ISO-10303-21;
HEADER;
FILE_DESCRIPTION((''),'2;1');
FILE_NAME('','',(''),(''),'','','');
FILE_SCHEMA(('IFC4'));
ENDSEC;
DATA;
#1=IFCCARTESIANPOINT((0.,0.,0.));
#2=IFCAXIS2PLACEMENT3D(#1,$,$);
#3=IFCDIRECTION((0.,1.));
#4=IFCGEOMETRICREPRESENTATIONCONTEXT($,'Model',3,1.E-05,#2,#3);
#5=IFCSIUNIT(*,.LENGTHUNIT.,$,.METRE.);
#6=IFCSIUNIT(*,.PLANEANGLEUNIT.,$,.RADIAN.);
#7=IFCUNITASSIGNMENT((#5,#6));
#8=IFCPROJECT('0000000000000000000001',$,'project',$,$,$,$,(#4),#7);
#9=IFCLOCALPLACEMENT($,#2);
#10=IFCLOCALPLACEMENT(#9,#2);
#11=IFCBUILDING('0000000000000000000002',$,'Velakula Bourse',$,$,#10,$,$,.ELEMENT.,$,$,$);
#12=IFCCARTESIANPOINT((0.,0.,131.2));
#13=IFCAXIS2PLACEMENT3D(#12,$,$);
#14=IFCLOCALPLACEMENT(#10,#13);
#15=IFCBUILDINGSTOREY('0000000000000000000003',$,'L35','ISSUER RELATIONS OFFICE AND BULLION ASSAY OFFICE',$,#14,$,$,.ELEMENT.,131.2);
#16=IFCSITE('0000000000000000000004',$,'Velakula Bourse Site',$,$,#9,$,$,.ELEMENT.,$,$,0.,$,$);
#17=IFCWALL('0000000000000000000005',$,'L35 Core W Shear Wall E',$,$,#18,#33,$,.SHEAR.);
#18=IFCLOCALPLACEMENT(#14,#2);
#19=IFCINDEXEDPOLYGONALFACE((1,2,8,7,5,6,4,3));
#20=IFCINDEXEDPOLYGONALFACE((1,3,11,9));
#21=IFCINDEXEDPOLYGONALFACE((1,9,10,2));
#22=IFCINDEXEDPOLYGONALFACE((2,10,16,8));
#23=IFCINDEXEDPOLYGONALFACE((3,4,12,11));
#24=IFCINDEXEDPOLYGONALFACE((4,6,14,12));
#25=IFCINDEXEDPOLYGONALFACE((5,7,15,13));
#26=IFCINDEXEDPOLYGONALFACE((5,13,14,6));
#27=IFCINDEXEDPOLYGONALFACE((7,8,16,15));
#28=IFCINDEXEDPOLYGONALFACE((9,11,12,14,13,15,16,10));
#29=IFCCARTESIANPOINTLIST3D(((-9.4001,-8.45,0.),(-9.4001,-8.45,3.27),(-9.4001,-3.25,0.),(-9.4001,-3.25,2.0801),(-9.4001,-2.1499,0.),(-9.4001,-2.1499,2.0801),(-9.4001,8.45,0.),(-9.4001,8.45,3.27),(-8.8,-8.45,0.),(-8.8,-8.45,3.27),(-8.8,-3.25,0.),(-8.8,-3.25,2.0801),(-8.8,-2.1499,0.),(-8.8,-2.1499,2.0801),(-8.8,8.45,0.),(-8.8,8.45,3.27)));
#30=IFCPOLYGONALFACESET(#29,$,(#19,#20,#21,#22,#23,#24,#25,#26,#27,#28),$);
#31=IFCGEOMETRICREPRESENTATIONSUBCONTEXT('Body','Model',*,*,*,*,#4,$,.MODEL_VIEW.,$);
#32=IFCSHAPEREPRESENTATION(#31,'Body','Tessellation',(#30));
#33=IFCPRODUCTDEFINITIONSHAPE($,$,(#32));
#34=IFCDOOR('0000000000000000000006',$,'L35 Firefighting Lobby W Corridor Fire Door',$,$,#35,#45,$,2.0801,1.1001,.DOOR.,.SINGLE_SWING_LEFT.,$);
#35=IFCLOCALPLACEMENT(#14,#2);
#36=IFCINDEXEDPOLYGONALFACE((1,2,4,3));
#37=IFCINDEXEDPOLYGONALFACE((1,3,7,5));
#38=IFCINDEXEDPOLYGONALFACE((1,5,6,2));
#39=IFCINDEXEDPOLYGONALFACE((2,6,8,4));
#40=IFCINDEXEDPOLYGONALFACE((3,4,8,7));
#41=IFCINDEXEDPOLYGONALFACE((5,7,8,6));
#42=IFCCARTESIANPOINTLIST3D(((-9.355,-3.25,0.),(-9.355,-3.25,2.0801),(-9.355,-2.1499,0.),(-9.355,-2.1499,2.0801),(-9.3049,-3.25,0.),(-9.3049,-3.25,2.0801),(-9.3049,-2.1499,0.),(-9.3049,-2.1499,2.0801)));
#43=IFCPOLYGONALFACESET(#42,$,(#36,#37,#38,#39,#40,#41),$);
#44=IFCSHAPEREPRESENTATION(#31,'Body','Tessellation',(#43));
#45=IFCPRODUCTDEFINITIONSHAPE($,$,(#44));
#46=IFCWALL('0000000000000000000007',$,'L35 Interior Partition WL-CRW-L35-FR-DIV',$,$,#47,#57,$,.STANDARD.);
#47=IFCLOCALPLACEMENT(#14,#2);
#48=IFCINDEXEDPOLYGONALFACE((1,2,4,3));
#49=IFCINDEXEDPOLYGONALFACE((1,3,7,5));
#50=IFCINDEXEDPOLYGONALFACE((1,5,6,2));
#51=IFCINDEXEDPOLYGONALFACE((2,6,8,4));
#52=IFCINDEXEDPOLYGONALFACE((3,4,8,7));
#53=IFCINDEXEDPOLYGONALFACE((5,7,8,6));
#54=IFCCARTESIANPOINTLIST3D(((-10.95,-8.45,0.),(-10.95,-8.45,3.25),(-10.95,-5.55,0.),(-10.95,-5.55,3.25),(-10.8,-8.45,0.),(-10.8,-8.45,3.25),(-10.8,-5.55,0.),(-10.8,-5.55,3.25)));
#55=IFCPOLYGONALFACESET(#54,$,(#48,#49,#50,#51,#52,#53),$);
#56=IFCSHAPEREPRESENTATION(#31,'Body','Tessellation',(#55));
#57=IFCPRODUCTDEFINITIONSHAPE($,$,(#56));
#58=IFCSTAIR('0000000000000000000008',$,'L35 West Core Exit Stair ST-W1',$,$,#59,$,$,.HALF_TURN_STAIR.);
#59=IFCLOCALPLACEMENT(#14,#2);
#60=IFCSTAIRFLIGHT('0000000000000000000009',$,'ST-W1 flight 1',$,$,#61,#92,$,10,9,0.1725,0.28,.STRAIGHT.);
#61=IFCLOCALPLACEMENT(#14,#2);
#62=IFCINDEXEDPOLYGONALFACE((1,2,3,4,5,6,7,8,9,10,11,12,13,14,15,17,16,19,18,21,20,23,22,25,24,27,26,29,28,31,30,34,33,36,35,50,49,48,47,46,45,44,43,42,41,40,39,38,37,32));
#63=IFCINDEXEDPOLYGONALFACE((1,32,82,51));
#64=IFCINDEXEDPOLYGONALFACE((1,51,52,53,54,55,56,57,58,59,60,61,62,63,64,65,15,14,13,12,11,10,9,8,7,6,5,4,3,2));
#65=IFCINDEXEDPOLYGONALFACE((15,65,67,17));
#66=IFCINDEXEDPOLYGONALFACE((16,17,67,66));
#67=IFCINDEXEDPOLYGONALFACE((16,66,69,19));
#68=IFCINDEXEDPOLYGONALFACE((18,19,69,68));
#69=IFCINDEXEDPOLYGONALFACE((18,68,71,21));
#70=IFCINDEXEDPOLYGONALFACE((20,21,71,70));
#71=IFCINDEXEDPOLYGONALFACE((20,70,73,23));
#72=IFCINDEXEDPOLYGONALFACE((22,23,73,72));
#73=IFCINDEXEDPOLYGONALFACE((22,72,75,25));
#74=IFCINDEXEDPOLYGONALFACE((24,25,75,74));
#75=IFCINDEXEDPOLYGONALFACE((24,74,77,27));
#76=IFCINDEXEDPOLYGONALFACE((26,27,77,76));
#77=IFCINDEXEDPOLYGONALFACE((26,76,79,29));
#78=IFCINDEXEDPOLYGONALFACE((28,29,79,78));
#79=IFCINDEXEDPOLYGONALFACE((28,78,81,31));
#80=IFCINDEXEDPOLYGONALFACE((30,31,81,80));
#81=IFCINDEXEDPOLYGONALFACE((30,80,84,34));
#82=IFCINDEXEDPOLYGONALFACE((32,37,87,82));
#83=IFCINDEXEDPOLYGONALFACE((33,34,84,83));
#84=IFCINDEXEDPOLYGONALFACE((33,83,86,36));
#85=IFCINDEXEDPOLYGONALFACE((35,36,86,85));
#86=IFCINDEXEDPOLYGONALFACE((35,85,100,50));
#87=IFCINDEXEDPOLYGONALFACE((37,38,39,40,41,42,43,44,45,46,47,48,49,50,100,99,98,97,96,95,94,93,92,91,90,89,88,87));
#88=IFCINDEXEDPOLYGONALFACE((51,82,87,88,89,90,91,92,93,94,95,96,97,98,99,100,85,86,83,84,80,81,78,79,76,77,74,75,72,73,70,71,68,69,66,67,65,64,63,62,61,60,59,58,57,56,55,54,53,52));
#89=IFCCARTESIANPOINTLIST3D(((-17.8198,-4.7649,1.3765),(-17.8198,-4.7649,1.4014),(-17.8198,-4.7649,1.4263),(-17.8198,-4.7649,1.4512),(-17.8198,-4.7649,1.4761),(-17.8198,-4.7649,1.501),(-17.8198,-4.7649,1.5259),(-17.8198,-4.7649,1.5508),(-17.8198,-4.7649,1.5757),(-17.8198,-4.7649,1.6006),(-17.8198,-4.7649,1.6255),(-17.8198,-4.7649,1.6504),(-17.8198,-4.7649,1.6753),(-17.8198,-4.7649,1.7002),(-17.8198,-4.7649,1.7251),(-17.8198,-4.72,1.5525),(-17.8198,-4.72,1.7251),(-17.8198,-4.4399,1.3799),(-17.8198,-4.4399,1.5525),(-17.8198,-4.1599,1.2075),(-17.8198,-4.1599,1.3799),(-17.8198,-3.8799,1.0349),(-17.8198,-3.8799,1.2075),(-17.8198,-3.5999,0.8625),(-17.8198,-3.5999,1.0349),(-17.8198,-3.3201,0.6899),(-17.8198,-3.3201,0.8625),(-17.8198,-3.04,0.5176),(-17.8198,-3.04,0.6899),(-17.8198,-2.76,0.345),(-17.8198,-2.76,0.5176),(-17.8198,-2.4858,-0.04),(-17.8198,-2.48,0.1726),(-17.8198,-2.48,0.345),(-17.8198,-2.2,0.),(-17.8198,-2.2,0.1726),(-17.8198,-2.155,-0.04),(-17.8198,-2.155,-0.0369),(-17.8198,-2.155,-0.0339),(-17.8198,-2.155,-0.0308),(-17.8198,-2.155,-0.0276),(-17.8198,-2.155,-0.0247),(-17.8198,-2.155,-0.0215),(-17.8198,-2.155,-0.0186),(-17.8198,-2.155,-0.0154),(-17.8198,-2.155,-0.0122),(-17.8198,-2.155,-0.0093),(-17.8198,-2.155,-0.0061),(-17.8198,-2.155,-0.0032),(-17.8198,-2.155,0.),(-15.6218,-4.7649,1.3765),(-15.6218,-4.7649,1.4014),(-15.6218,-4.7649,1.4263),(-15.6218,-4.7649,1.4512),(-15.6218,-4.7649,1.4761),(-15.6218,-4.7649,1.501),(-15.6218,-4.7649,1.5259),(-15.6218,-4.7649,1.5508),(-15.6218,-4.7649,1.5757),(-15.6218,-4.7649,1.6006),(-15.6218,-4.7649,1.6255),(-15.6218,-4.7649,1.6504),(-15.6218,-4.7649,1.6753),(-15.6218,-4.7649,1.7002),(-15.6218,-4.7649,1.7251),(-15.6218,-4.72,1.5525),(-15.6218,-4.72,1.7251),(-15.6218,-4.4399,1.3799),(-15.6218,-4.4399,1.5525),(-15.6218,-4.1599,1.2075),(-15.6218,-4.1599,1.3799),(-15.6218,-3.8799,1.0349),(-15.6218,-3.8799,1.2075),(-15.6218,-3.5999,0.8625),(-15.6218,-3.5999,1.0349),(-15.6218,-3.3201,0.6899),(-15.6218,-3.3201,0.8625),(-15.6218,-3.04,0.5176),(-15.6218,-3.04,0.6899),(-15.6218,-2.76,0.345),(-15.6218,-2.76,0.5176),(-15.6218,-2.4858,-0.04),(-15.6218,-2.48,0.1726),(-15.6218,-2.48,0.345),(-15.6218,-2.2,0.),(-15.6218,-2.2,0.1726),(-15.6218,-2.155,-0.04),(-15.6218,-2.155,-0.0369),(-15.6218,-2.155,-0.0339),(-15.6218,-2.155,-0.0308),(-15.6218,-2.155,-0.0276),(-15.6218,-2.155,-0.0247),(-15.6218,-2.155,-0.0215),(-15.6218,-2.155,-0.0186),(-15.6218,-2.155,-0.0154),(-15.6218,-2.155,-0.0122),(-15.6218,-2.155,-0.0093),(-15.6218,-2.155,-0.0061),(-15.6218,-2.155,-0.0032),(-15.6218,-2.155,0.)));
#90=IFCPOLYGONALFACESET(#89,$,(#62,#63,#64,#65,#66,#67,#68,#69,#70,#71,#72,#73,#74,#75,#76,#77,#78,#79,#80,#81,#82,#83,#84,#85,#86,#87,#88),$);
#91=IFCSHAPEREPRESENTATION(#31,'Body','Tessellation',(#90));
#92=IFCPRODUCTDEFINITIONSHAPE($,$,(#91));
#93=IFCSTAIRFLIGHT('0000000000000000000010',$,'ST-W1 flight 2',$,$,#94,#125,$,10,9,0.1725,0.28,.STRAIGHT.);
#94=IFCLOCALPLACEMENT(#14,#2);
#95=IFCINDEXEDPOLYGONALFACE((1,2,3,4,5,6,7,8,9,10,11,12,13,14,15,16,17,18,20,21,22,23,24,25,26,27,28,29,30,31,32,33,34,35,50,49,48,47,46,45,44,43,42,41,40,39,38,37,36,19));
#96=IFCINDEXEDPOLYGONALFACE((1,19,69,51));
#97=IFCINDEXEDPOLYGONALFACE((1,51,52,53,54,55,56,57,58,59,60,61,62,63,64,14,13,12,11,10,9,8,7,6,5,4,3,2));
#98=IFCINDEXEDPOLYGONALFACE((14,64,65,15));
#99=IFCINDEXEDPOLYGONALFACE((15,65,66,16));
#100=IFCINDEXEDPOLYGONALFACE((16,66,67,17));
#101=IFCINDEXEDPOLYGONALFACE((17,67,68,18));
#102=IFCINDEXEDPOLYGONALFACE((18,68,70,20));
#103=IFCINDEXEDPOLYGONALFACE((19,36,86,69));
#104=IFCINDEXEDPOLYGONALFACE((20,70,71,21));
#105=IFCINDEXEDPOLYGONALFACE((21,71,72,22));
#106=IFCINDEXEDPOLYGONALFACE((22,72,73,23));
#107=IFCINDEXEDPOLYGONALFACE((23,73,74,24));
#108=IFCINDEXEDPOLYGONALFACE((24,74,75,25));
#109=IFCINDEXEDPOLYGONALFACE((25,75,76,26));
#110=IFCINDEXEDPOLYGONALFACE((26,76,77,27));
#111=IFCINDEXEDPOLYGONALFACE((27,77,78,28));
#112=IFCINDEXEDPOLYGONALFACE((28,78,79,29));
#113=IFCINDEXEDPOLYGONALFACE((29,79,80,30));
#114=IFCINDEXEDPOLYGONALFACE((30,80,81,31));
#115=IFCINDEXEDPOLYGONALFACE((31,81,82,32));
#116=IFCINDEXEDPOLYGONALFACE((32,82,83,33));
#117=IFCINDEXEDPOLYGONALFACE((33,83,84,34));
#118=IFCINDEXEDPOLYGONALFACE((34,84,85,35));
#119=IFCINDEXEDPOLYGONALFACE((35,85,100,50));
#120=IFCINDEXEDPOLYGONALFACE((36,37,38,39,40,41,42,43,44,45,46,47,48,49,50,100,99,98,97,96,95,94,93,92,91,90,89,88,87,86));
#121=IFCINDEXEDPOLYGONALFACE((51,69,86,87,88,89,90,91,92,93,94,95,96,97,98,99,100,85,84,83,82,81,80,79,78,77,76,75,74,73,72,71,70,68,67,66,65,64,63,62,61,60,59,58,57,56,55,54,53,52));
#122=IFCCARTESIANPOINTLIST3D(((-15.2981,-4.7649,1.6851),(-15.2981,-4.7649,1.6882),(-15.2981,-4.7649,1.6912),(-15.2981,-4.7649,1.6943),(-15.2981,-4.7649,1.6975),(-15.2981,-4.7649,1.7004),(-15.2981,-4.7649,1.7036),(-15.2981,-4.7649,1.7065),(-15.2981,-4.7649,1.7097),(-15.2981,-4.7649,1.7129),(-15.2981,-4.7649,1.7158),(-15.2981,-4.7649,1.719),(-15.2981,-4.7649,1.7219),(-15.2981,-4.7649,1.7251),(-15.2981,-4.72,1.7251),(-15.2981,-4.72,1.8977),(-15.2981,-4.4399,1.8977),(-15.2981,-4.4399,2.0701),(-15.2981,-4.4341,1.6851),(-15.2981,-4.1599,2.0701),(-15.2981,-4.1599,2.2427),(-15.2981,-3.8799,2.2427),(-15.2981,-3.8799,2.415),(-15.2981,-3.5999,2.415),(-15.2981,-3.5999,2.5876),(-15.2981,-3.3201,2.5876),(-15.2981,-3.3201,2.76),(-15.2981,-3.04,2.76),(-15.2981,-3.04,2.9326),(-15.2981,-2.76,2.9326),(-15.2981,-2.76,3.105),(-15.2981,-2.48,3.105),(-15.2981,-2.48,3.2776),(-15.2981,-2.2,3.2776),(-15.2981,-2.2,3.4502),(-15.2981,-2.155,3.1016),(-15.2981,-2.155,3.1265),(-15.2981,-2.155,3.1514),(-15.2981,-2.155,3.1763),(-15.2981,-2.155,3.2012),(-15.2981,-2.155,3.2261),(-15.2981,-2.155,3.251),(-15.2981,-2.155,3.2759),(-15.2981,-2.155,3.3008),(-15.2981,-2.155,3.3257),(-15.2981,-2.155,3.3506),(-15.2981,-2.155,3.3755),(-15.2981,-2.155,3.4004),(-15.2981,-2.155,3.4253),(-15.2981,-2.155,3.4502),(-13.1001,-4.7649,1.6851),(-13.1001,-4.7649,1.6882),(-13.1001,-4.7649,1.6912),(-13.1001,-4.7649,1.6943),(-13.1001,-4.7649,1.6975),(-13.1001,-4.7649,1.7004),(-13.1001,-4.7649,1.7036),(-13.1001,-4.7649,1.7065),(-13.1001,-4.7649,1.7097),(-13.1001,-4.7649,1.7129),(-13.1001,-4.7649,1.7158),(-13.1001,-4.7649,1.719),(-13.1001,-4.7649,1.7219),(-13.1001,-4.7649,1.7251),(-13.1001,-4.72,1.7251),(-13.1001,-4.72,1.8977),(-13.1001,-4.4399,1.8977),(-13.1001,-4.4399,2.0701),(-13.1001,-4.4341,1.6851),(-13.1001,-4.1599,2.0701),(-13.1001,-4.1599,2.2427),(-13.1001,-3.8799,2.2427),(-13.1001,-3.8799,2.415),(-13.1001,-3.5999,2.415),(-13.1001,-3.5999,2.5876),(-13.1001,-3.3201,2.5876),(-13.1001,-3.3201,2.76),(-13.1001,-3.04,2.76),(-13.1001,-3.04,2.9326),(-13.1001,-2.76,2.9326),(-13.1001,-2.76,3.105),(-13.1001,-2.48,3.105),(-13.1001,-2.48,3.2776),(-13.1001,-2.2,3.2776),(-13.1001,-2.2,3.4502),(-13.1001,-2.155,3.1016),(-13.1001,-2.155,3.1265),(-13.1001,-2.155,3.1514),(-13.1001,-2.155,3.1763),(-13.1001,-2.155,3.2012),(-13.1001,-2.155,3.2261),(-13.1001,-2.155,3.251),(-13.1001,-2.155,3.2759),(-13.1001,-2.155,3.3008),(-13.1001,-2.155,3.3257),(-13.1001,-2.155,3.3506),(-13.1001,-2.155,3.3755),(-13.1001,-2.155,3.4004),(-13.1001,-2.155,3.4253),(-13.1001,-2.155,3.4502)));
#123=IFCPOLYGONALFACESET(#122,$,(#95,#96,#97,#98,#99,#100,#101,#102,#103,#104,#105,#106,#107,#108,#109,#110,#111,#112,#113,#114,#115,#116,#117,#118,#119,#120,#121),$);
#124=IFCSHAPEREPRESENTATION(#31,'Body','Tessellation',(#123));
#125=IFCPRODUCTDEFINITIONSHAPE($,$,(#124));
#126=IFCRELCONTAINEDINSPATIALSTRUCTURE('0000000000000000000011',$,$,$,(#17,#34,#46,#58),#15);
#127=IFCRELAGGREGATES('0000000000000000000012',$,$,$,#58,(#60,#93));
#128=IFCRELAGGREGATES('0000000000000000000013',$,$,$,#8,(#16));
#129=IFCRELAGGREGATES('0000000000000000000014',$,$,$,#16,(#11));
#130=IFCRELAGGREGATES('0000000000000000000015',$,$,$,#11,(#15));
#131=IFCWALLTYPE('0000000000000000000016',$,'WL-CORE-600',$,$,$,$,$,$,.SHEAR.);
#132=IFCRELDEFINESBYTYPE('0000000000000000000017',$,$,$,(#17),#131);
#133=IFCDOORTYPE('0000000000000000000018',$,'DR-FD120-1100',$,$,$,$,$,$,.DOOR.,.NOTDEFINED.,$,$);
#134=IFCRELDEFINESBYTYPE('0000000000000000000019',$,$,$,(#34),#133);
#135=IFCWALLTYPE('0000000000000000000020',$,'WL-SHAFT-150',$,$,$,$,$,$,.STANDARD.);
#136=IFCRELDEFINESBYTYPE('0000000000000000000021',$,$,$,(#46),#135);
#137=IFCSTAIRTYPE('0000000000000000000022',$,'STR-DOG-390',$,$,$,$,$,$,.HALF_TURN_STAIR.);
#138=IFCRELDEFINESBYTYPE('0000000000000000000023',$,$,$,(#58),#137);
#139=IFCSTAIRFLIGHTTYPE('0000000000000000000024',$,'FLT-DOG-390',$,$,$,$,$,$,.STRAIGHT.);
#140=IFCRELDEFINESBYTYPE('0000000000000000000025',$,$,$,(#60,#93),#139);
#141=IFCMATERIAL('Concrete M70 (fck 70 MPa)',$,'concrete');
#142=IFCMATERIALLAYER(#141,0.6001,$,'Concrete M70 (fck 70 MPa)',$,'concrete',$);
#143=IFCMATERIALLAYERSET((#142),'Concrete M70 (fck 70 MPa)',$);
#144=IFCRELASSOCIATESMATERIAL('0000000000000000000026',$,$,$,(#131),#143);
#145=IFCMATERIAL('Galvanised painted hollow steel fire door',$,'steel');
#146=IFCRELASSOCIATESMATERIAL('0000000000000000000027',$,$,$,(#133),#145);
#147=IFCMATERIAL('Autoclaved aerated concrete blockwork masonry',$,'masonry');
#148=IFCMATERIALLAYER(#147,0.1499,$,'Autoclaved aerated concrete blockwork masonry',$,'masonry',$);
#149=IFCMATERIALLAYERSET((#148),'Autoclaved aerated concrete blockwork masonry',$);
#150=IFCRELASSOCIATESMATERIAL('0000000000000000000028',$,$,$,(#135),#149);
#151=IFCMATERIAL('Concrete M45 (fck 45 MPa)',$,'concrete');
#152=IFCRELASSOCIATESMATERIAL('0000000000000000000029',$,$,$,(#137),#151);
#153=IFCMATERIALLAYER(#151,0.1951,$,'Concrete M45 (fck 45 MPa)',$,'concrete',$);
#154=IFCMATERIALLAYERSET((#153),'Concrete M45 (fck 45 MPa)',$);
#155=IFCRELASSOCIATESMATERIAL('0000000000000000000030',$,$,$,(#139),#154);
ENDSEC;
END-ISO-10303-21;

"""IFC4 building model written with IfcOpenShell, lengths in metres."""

from ifc_helpers import new_model, si_unit, direction, frame, frame_2d, origin, place, context, subcontext, project, spatial, polyline, rectangle, outline, extrude, material, layer, layer_set, type_object, element, fill, aggregate, save


model = new_model("IFC4")

# Units and contexts
model_context = context("Model", 3, precision=1e-05, world=origin(), true_north=direction((0.0, 1.0)))
body_context = subcontext(model_context, "Body", "Model", "MODEL_VIEW")
ifc_project = project(units=[si_unit("LENGTHUNIT", "METRE"), si_unit("PLANEANGLEUNIT", "RADIAN")], contexts=[model_context])

# Site, building, storey
site_placement = place(None, origin())
site = spatial("IfcSite", under=ifc_project, at=site_placement, Name="Velakula Bourse Site", CompositionType="ELEMENT", RefElevation=0.0)
building_placement = place(site_placement, origin())
building = spatial("IfcBuilding", under=site, at=building_placement, Name="Velakula Bourse", CompositionType="ELEMENT")
storey_placement = place(building_placement, frame((0.0, 0.0, 131.2)))
storey = spatial("IfcBuildingStorey", under=building, at=storey_placement, Name="L35", Description="ISSUER RELATIONS OFFICE AND BULLION ASSAY OFFICE", CompositionType="ELEMENT", Elevation=131.2)

# Shared definitions
ifc_material_1 = material(Name="Concrete M70 (fck 70 MPa)", Category="concrete")

# Shared definitions
ifc_material_2 = material(Name="Galvanised painted hollow steel fire door", Category="steel")

# Shared definitions
ifc_layer_1 = layer(ifc_material_1, 0.6001, Name="Concrete M70 (fck 70 MPa)", Category="concrete")
ifc_layer_set_1 = layer_set([ifc_layer_1], Name="Concrete M70 (fck 70 MPa)")
wall_type_1 = type_object("IfcWallType", Name="WL-CORE-600", PredefinedType="SHEAR", material=ifc_layer_set_1)

# Wall, opening, door
wall_1_placement = place(storey_placement, frame((-9.1001, -8.45, 0.0), z_axis=(0.0, 0.0, 1.0), x_axis=(0.0, 1.0, 0.0)))
wall_1 = element("IfcWall", 1, at=wall_1_placement, inside=storey, type_object=wall_type_1, Name="L35 Core W Shear Wall E", PredefinedType="SHEAR", context=body_context, shape_type="SweptSolid", body=[
    extrude(rectangle(XDim=16.8999, YDim=0.6001, at=frame_2d((8.45, 0.0))), origin(), (0.0, 0.0, 1.0), 3.27),
])
opening_1_placement = place(wall_1_placement, frame((5.2, 0.0, 0.0)))
opening_1 = element("IfcOpeningElement", 2, at=opening_1_placement, cuts=wall_1, PredefinedType="OPENING", context=body_context, shape_type="SweptSolid", body=[
    extrude(rectangle(XDim=1.1001, YDim=2.0801, at=frame_2d((0.55, 1.04))), frame((0.0, 0.3101, 0.0), z_axis=(0.0, -1.0, 0.0), x_axis=(1.0, 0.0, 0.0)), (0.0, 0.0, 1.0), 0.6201),
])
door_type_1 = type_object("IfcDoorType", Name="DR-FD120-1100", OperationType="NOTDEFINED", PredefinedType="DOOR", material=ifc_material_2)
door_1_placement = place(opening_1_placement, origin())
door_1 = element("IfcDoor", 3, at=door_1_placement, inside=storey, type_object=door_type_1, Name="L35 Firefighting Lobby W Corridor Fire Door", OperationType="SINGLE_SWING_LEFT", OverallHeight=2.0801, OverallWidth=1.1001, PredefinedType="DOOR", context=body_context, shape_type="SweptSolid", body=[
    extrude(rectangle(XDim=1.1001, YDim=2.0801, at=frame_2d((0.55, 1.04))), frame((0.0, 0.2549, 0.0), z_axis=(0.0, -1.0, 0.0), x_axis=(1.0, 0.0, 0.0)), (0.0, 0.0, 1.0), 0.05),
])
fill(opening_1, door_1)

# Shared definitions
ifc_material_3 = material(Name="Autoclaved aerated concrete blockwork masonry", Category="masonry")
ifc_layer_2 = layer(ifc_material_3, 0.1499, Name="Autoclaved aerated concrete blockwork masonry", Category="masonry")
ifc_layer_set_2 = layer_set([ifc_layer_2], Name="Autoclaved aerated concrete blockwork masonry")
wall_type_2 = type_object("IfcWallType", Name="WL-SHAFT-150", PredefinedType="STANDARD", material=ifc_layer_set_2)

# Wall
wall_2_placement = place(storey_placement, frame((-10.875, -8.45, 0.0), z_axis=(0.0, 0.0, 1.0), x_axis=(0.0, 1.0, 0.0)))
element("IfcWall", 4, at=wall_2_placement, inside=storey, type_object=wall_type_2, Name="L35 Interior Partition WL-CRW-L35-FR-DIV", PredefinedType="STANDARD", context=body_context, shape_type="SweptSolid", body=[
    extrude(rectangle(XDim=2.8999, YDim=0.1499, at=frame_2d((1.45, 0.0))), origin(), (0.0, 0.0, 1.0), 3.25),
])

# Stair, stair flights
ifc_material_4 = material(Name="Concrete M45 (fck 45 MPa)", Category="concrete")
stair_type = type_object("IfcStairType", Name="STR-DOG-390", PredefinedType="HALF_TURN_STAIR", material=ifc_material_4)
stair_placement = place(storey_placement, origin())
stair = element("IfcStair", 5, at=stair_placement, inside=storey, type_object=stair_type, Name="L35 West Core Exit Stair ST-W1", PredefinedType="HALF_TURN_STAIR")
ifc_layer_3 = layer(ifc_material_4, 0.1951, Name="Concrete M45 (fck 45 MPa)", Category="concrete")
ifc_layer_set_3 = layer_set([ifc_layer_3], Name="Concrete M45 (fck 45 MPa)")
stair_flight_type = type_object("IfcStairFlightType", Name="FLT-DOG-390", PredefinedType="STRAIGHT", material=ifc_layer_set_3)
stair_flight_1_placement = place(storey_placement, frame((-16.7209, -2.2, 0.0), z_axis=(0.0, 0.0, 1.0), x_axis=(0.0, -1.0, 0.0)))
stair_flight_1 = element("IfcStairFlight", 6, at=stair_flight_1_placement, type_object=stair_flight_type, Name="ST-W1 flight 1", NumberOfRisers=10, NumberOfTreads=9, PredefinedType="STRAIGHT", RiserHeight=0.1725, TreadLength=0.28, context=body_context, shape_type="SweptSolid", body=[
    extrude(outline(polyline([(-0.0449, -0.04), (-0.0449, -0.0369), (-0.0449, -0.0339), (-0.0449, -0.0308), (-0.0449, -0.0276), (-0.0449, -0.0247), (-0.0449, -0.0215), (-0.0449, -0.0186), (-0.0449, -0.0154), (-0.0449, -0.0122), (-0.0449, -0.0093), (-0.0449, -0.0061), (-0.0449, -0.0032), (-0.0449, 0.0), (0.0, 0.0), (0.0, 0.1726), (0.28, 0.1726), (0.28, 0.345), (0.5601, 0.345), (0.5601, 0.5176), (0.8401, 0.5176), (0.8401, 0.6899), (1.1201, 0.6899), (1.1201, 0.8625), (1.3999, 0.8625), (1.3999, 1.0349), (1.6799, 1.0349), (1.6799, 1.2075), (1.96, 1.2075), (1.96, 1.3799), (2.24, 1.3799), (2.24, 1.5525), (2.52, 1.5525), (2.52, 1.7251), (2.5649, 1.7251), (2.5649, 1.7002), (2.5649, 1.6753), (2.5649, 1.6504), (2.5649, 1.6255), (2.5649, 1.6006), (2.5649, 1.5757), (2.5649, 1.5508), (2.5649, 1.5259), (2.5649, 1.501), (2.5649, 1.4761), (2.5649, 1.4512), (2.5649, 1.4263), (2.5649, 1.4014), (2.5649, 1.3765), (0.2859, -0.04), (-0.0449, -0.04)])), frame((0.0, 1.0991, 0.0), z_axis=(0.0, -1.0, 0.0), x_axis=(1.0, 0.0, 0.0)), (0.0, 0.0, 1.0), 2.198),
])
stair_flight_2_placement = place(storey_placement, frame((-14.199, -4.72, 1.7251), z_axis=(0.0, 0.0, 1.0), x_axis=(0.0, 1.0, 0.0)))
stair_flight_2 = element("IfcStairFlight", 7, at=stair_flight_2_placement, type_object=stair_flight_type, Name="ST-W1 flight 2", NumberOfRisers=10, NumberOfTreads=9, PredefinedType="STRAIGHT", RiserHeight=0.1725, TreadLength=0.28, context=body_context, shape_type="SweptSolid", body=[
    extrude(outline(polyline([(-0.0449, -0.04), (-0.0449, -0.0369), (-0.0449, -0.0339), (-0.0449, -0.0308), (-0.0449, -0.0276), (-0.0449, -0.0247), (-0.0449, -0.0215), (-0.0449, -0.0186), (-0.0449, -0.0154), (-0.0449, -0.0122), (-0.0449, -0.0093), (-0.0449, -0.0061), (-0.0449, -0.0032), (-0.0449, 0.0), (0.0, 0.0), (0.0, 0.1726), (0.28, 0.1726), (0.28, 0.345), (0.5601, 0.345), (0.5601, 0.5176), (0.8401, 0.5176), (0.8401, 0.6899), (1.1201, 0.6899), (1.1201, 0.8625), (1.3999, 0.8625), (1.3999, 1.0349), (1.6799, 1.0349), (1.6799, 1.2075), (1.96, 1.2075), (1.96, 1.3799), (2.24, 1.3799), (2.24, 1.5525), (2.52, 1.5525), (2.52, 1.7251), (2.5649, 1.7251), (2.5649, 1.7002), (2.5649, 1.6753), (2.5649, 1.6504), (2.5649, 1.6255), (2.5649, 1.6006), (2.5649, 1.5757), (2.5649, 1.5508), (2.5649, 1.5259), (2.5649, 1.501), (2.5649, 1.4761), (2.5649, 1.4512), (2.5649, 1.4263), (2.5649, 1.4014), (2.5649, 1.3765), (0.2859, -0.04), (-0.0449, -0.04)])), frame((0.0, 1.0991, 0.0), z_axis=(0.0, -1.0, 0.0), x_axis=(1.0, 0.0, 0.0)), (0.0, 0.0, 1.0), 2.198),
])
aggregate(stair, [stair_flight_1, stair_flight_2])

save(model, "model.ifc")
